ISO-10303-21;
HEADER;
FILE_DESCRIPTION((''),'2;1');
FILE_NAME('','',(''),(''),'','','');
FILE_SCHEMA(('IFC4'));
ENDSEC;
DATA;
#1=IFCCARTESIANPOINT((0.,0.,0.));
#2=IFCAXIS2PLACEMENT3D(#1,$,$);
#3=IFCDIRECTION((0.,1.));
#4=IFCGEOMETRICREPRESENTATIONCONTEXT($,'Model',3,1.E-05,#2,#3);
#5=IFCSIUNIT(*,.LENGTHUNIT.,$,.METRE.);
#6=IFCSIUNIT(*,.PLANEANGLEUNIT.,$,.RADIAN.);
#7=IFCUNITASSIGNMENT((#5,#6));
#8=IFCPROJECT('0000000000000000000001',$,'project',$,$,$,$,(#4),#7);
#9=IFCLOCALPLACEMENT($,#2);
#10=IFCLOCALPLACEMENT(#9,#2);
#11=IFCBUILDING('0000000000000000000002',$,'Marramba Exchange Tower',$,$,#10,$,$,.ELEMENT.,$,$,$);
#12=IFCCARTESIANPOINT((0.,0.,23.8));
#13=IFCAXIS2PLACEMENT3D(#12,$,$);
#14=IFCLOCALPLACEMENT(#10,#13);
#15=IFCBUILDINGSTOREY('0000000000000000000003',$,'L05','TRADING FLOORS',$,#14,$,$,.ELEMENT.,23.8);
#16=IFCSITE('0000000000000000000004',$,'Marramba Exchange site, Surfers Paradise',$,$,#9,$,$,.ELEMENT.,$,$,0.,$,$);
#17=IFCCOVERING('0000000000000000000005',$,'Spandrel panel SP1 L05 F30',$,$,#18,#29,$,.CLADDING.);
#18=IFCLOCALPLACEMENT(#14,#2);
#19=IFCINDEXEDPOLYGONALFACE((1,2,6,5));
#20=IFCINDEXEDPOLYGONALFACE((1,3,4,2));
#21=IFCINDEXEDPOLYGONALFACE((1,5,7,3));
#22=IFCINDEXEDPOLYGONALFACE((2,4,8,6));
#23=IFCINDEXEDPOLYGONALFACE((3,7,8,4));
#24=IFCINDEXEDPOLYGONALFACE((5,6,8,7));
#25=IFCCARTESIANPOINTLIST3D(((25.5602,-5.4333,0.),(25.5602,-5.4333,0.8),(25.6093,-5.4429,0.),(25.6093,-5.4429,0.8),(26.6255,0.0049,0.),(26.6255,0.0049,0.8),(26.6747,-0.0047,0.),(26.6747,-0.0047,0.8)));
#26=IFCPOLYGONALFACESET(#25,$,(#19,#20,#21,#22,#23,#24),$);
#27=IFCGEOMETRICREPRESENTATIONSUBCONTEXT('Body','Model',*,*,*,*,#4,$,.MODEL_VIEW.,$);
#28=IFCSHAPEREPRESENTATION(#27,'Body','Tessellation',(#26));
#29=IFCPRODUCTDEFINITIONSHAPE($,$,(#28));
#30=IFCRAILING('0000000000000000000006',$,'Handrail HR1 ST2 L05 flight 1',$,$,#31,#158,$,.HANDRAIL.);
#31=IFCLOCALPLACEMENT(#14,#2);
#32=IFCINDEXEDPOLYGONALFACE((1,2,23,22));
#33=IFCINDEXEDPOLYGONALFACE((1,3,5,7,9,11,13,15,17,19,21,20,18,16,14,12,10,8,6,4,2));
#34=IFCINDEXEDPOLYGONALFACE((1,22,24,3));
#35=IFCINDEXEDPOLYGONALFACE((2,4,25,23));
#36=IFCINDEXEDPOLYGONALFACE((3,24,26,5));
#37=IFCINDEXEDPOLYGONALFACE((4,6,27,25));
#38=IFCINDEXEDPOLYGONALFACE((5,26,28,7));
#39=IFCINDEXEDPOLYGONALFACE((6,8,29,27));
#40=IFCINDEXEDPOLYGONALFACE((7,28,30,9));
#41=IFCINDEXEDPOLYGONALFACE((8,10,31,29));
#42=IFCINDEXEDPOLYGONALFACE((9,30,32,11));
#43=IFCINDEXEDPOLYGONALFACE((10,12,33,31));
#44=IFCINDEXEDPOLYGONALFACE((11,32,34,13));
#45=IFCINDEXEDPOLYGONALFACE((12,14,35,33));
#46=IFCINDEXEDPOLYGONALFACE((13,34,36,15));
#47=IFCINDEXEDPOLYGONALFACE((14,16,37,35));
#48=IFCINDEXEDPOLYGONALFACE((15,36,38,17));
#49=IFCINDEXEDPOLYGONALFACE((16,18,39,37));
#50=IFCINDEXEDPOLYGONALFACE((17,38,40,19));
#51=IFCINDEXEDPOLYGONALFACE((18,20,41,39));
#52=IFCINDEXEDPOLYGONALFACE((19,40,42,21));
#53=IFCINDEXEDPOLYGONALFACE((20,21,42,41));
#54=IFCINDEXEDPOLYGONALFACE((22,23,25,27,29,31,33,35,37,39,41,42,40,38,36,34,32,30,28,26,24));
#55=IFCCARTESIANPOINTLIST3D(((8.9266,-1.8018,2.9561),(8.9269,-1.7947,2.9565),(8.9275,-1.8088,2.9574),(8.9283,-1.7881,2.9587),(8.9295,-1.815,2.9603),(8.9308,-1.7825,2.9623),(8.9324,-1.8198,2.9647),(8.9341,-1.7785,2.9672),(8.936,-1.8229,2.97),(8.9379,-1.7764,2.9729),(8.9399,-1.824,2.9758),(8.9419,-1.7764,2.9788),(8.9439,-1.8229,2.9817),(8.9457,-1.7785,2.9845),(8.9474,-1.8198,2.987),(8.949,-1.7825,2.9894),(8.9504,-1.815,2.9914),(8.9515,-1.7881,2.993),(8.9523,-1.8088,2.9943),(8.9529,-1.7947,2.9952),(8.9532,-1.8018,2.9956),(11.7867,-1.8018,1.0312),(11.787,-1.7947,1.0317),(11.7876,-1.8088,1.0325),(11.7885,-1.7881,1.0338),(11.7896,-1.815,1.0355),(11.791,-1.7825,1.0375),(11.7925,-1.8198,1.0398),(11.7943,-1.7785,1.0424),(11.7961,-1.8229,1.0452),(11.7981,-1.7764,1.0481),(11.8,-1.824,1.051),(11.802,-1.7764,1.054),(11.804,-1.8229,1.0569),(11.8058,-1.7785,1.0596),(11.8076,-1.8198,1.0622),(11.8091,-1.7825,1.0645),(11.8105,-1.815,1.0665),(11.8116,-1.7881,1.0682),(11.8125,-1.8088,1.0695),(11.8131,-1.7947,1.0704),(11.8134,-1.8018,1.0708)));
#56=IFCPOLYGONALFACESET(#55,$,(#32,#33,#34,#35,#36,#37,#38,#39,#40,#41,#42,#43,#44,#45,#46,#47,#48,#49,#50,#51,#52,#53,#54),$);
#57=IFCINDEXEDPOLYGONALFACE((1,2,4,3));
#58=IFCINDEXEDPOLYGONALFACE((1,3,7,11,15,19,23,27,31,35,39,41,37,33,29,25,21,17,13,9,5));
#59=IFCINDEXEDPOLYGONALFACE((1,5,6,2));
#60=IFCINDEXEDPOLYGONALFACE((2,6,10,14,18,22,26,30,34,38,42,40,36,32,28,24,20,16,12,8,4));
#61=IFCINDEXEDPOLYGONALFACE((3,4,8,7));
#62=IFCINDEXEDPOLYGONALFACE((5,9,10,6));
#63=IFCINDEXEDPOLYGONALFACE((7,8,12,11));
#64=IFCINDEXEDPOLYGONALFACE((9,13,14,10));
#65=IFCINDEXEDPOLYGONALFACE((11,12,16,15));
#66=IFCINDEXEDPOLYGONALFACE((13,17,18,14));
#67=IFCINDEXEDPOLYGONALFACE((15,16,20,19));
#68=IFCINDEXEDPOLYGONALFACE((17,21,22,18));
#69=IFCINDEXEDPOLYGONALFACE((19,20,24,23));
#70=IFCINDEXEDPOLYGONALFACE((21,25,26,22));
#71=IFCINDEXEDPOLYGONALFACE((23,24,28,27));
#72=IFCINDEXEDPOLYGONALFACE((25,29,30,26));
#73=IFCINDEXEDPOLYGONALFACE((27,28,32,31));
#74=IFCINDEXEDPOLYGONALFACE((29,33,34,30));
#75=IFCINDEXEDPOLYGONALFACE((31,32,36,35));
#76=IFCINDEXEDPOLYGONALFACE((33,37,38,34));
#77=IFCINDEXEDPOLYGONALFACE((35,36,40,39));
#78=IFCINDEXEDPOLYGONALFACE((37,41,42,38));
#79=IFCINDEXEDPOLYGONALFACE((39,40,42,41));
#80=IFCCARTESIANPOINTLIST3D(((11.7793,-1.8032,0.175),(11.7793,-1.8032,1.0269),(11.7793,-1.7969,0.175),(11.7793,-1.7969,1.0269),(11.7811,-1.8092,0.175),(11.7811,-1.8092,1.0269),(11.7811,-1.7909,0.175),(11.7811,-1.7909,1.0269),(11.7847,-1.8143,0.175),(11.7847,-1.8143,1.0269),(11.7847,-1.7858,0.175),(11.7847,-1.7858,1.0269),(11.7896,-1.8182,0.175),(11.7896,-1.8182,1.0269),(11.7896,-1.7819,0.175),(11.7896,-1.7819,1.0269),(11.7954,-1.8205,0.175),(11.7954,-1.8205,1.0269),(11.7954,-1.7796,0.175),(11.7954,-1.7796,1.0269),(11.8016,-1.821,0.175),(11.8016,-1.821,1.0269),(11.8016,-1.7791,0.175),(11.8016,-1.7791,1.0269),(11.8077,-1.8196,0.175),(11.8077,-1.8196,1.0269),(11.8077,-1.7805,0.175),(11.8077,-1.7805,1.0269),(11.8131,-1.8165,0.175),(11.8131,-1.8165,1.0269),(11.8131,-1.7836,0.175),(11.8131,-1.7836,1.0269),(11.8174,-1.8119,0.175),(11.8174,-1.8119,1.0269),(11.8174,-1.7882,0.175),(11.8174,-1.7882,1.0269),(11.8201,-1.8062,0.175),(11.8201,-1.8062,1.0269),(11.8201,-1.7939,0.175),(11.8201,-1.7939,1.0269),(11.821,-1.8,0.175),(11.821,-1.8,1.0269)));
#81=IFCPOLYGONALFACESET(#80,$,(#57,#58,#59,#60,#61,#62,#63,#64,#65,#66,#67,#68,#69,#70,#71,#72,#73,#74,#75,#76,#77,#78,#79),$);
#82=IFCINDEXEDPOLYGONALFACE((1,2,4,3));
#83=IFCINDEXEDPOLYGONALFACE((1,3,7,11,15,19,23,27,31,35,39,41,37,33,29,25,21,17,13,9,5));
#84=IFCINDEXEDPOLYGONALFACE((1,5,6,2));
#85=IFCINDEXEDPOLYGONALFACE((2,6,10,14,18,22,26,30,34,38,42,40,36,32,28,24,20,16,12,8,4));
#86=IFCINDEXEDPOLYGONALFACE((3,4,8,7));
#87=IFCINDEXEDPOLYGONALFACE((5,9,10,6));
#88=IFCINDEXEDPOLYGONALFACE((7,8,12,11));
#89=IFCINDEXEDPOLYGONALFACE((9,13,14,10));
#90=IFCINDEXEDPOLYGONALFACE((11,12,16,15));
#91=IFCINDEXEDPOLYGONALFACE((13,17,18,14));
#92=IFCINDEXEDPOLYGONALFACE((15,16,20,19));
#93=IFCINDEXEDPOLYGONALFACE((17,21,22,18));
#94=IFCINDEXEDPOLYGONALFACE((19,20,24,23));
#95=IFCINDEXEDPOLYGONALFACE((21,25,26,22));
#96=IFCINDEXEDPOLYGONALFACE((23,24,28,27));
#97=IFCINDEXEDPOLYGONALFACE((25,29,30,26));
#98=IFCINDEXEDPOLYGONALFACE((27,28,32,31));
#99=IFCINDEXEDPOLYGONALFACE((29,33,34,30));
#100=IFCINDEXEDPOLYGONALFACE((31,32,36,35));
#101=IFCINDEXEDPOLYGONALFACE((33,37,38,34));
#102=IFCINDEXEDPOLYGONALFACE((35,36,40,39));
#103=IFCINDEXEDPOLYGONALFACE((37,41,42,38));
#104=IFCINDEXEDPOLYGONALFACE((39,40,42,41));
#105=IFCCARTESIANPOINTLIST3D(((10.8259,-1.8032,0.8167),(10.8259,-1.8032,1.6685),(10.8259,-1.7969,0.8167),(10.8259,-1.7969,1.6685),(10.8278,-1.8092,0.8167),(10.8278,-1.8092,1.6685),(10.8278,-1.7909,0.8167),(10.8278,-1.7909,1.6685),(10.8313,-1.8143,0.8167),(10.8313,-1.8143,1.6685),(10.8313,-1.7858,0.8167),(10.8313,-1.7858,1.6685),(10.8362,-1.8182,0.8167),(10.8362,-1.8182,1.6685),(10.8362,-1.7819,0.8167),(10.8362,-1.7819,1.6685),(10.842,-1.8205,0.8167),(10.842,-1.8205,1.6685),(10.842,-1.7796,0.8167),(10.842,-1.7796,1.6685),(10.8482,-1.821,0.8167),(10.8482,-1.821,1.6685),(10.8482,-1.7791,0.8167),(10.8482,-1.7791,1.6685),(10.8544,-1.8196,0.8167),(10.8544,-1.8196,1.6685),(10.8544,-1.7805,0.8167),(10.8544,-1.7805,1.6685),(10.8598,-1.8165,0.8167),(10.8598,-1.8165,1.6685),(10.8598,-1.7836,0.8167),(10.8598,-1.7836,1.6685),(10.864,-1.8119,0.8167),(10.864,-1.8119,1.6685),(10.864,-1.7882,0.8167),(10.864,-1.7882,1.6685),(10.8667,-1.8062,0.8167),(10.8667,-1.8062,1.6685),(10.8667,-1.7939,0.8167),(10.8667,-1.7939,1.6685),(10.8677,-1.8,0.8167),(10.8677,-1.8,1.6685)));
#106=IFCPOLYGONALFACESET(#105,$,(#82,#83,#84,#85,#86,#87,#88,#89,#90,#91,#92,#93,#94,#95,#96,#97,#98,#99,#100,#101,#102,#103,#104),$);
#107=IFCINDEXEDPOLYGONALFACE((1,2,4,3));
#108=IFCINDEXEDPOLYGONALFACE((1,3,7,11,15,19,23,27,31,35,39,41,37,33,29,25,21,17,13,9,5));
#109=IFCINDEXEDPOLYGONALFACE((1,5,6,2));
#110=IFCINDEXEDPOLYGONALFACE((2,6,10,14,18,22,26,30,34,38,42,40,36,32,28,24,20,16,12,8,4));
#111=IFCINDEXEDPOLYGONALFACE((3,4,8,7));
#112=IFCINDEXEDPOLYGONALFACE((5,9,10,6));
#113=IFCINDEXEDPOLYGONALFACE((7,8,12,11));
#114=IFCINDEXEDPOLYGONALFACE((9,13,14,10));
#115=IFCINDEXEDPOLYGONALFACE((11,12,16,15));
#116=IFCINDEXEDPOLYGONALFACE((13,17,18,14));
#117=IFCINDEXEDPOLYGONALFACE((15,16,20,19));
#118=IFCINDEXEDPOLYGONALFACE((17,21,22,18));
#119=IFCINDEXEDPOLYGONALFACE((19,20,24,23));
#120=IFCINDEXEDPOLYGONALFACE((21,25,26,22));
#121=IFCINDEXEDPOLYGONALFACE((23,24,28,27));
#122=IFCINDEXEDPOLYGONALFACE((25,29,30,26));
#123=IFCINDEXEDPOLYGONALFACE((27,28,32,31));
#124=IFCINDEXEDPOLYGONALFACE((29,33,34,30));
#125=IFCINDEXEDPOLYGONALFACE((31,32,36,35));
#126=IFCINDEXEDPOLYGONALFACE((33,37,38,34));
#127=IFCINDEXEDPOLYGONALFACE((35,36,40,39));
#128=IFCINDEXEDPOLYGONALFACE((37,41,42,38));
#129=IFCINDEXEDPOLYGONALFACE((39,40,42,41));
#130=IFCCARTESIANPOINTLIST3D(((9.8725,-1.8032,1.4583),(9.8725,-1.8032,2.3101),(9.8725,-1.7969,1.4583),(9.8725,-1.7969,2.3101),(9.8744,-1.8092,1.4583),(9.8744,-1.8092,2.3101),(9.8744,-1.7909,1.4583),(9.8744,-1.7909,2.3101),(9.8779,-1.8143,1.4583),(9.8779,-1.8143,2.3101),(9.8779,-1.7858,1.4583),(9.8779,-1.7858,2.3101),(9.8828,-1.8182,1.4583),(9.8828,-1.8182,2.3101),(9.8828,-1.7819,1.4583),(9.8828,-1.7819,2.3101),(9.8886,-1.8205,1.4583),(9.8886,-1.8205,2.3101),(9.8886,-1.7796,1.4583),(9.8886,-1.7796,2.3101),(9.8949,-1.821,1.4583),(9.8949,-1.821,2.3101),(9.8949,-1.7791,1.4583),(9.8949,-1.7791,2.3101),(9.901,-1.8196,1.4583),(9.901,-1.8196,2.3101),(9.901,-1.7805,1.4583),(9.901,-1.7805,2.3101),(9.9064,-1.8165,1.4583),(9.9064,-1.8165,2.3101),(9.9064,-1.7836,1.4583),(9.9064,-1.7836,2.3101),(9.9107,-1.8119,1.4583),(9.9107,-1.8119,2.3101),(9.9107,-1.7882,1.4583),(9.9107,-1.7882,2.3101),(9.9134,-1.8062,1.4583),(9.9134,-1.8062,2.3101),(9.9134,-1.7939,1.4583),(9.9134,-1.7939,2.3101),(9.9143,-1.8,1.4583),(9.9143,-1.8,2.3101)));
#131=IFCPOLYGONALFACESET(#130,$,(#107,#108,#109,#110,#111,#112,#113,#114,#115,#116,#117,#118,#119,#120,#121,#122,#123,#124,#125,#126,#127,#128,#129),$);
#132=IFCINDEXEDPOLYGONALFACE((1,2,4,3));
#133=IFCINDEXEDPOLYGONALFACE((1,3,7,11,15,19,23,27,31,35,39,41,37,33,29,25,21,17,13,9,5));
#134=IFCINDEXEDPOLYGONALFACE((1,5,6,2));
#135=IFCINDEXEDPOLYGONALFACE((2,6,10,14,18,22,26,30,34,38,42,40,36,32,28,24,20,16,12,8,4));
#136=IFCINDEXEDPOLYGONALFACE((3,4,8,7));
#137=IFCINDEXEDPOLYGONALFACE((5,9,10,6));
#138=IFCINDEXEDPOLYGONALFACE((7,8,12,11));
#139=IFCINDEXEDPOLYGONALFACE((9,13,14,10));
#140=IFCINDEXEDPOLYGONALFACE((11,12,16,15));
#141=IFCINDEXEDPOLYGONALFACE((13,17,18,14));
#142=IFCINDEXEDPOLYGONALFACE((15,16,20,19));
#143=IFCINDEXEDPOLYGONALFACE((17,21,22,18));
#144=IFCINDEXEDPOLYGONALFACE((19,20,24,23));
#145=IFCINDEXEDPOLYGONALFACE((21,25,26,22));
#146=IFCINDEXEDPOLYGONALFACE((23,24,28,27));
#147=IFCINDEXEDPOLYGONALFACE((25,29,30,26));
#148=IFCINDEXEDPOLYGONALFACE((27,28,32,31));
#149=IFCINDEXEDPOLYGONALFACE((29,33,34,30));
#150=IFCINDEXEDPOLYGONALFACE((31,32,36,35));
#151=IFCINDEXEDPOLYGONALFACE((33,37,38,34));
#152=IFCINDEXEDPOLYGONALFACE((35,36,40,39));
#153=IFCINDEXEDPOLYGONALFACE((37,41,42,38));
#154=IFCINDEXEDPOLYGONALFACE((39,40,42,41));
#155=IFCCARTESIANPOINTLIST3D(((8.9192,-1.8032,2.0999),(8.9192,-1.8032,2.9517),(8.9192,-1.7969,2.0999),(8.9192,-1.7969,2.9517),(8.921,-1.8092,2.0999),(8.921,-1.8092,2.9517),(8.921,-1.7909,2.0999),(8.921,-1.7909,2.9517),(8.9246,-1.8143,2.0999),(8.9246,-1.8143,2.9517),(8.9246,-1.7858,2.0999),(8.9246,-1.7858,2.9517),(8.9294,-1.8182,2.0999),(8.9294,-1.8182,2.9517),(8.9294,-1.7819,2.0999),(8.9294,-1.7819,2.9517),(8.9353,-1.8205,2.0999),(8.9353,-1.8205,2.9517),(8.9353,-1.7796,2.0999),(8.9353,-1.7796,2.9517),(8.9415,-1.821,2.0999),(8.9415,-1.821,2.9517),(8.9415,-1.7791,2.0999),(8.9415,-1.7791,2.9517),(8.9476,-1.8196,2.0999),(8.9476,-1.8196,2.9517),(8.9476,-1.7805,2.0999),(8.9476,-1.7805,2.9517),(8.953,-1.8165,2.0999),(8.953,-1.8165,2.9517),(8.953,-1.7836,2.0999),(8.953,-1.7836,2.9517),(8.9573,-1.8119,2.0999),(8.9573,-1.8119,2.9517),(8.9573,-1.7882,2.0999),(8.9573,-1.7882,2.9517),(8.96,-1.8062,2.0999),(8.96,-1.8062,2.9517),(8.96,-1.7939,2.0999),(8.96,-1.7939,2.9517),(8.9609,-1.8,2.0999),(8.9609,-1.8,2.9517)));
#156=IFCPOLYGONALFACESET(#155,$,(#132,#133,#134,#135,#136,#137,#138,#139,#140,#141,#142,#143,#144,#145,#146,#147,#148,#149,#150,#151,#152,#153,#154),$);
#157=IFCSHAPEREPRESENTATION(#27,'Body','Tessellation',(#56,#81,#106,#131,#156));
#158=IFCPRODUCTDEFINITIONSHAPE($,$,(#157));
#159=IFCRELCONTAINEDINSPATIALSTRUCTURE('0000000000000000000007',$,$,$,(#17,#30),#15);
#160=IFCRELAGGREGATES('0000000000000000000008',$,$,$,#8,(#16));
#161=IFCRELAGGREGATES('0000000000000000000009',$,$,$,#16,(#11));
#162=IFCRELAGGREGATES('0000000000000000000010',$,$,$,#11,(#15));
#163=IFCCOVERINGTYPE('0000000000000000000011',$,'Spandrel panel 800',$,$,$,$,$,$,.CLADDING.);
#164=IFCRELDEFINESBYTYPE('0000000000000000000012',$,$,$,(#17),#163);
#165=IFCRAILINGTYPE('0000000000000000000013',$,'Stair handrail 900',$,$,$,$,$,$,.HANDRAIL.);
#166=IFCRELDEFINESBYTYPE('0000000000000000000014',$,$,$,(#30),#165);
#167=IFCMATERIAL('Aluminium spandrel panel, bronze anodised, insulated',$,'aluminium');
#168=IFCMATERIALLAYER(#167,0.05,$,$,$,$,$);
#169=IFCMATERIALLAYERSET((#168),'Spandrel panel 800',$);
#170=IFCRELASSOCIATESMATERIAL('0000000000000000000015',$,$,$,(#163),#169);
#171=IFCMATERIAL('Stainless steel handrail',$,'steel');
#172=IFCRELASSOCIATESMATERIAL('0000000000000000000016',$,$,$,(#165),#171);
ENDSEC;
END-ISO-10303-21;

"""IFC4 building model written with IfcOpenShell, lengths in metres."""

from ifc_helpers import new_model, si_unit, direction, frame, origin, origin_2d, place, context, subcontext, project, spatial, rectangle, circle, extrude, material, layer, layer_set, type_object, element, save


model = new_model("IFC4")

# Units and contexts
model_context = context("Model", 3, precision=1e-05, world=origin(), true_north=direction((0.0, 1.0)))
body_context = subcontext(model_context, "Body", "Model", "MODEL_VIEW")
ifc_project = project(units=[si_unit("LENGTHUNIT", "METRE"), si_unit("PLANEANGLEUNIT", "RADIAN")], contexts=[model_context])

# Site, building, storey
site_placement = place(None, origin())
site = spatial("IfcSite", under=ifc_project, at=site_placement, Name="Marramba Exchange site, Surfers Paradise", CompositionType="ELEMENT", RefElevation=0.0)
building_placement = place(site_placement, origin())
building = spatial("IfcBuilding", under=site, at=building_placement, Name="Marramba Exchange Tower", CompositionType="ELEMENT")
storey_placement = place(building_placement, frame((0.0, 0.0, 23.8)))
storey = spatial("IfcBuildingStorey", under=building, at=storey_placement, Name="L05", Description="TRADING FLOORS", CompositionType="ELEMENT", Elevation=23.8)

# Covering
ifc_material_1 = material(Name="Aluminium spandrel panel, bronze anodised, insulated", Category="aluminium")
ifc_layer_1 = layer(ifc_material_1, 0.05)
ifc_layer_set_1 = layer_set([ifc_layer_1], Name="Spandrel panel 800")
covering_type = type_object("IfcCoveringType", Name="Spandrel panel 800", PredefinedType="CLADDING", material=ifc_layer_set_1)
covering_1_placement = place(storey_placement, frame((26.1174, -2.719, 0.0), z_axis=(0.0, 0.0, 1.0), x_axis=(0.192249, 0.981346, 0.0)))
element("IfcCovering", 1, at=covering_1_placement, inside=storey, type_object=covering_type, Name="Spandrel panel SP1 L05 F30", PredefinedType="CLADDING", context=body_context, shape_type="SweptSolid", body=[
    extrude(rectangle(XDim=5.5415, YDim=0.05, at=origin_2d()), origin(), (0.0, 0.0, 1.0), 0.8),
])

# Railing
ifc_material_2 = material(Name="Stainless steel handrail", Category="steel")
railing_type = type_object("IfcRailingType", Name="Stair handrail 900", PredefinedType="HANDRAIL", material=ifc_material_2)
railing_placement = place(storey_placement, frame((11.8, -1.8, 0.175)))
element("IfcRailing", 2, at=railing_placement, inside=storey, type_object=railing_type, Name="Handrail HR1 ST2 L05 flight 1", PredefinedType="HANDRAIL", context=body_context, shape_type="SweptSolid", body=[
    extrude(circle(Radius=0.0239, at=origin_2d()), frame((0.0, 0.0, 0.876), z_axis=(-0.829624, 0.0, 0.558323), x_axis=(0.0, -1.0, 0.0)), (0.0, 0.0, 1.0), 3.4475),
    extrude(circle(Radius=0.021, at=origin_2d()), origin(), (0.0, 0.0, 1.0), 0.8518),
    extrude(circle(Radius=0.021, at=origin_2d()), frame((-0.9534, 0.0, 0.6416)), (0.0, 0.0, 1.0), 0.8518),
    extrude(circle(Radius=0.021, at=origin_2d()), frame((-1.9067, 0.0, 1.2832)), (0.0, 0.0, 1.0), 0.8518),
    extrude(circle(Radius=0.021, at=origin_2d()), frame((-2.8601, 0.0, 1.9248)), (0.0, 0.0, 1.0), 0.8518),
])

save(model, "model.ifc")
